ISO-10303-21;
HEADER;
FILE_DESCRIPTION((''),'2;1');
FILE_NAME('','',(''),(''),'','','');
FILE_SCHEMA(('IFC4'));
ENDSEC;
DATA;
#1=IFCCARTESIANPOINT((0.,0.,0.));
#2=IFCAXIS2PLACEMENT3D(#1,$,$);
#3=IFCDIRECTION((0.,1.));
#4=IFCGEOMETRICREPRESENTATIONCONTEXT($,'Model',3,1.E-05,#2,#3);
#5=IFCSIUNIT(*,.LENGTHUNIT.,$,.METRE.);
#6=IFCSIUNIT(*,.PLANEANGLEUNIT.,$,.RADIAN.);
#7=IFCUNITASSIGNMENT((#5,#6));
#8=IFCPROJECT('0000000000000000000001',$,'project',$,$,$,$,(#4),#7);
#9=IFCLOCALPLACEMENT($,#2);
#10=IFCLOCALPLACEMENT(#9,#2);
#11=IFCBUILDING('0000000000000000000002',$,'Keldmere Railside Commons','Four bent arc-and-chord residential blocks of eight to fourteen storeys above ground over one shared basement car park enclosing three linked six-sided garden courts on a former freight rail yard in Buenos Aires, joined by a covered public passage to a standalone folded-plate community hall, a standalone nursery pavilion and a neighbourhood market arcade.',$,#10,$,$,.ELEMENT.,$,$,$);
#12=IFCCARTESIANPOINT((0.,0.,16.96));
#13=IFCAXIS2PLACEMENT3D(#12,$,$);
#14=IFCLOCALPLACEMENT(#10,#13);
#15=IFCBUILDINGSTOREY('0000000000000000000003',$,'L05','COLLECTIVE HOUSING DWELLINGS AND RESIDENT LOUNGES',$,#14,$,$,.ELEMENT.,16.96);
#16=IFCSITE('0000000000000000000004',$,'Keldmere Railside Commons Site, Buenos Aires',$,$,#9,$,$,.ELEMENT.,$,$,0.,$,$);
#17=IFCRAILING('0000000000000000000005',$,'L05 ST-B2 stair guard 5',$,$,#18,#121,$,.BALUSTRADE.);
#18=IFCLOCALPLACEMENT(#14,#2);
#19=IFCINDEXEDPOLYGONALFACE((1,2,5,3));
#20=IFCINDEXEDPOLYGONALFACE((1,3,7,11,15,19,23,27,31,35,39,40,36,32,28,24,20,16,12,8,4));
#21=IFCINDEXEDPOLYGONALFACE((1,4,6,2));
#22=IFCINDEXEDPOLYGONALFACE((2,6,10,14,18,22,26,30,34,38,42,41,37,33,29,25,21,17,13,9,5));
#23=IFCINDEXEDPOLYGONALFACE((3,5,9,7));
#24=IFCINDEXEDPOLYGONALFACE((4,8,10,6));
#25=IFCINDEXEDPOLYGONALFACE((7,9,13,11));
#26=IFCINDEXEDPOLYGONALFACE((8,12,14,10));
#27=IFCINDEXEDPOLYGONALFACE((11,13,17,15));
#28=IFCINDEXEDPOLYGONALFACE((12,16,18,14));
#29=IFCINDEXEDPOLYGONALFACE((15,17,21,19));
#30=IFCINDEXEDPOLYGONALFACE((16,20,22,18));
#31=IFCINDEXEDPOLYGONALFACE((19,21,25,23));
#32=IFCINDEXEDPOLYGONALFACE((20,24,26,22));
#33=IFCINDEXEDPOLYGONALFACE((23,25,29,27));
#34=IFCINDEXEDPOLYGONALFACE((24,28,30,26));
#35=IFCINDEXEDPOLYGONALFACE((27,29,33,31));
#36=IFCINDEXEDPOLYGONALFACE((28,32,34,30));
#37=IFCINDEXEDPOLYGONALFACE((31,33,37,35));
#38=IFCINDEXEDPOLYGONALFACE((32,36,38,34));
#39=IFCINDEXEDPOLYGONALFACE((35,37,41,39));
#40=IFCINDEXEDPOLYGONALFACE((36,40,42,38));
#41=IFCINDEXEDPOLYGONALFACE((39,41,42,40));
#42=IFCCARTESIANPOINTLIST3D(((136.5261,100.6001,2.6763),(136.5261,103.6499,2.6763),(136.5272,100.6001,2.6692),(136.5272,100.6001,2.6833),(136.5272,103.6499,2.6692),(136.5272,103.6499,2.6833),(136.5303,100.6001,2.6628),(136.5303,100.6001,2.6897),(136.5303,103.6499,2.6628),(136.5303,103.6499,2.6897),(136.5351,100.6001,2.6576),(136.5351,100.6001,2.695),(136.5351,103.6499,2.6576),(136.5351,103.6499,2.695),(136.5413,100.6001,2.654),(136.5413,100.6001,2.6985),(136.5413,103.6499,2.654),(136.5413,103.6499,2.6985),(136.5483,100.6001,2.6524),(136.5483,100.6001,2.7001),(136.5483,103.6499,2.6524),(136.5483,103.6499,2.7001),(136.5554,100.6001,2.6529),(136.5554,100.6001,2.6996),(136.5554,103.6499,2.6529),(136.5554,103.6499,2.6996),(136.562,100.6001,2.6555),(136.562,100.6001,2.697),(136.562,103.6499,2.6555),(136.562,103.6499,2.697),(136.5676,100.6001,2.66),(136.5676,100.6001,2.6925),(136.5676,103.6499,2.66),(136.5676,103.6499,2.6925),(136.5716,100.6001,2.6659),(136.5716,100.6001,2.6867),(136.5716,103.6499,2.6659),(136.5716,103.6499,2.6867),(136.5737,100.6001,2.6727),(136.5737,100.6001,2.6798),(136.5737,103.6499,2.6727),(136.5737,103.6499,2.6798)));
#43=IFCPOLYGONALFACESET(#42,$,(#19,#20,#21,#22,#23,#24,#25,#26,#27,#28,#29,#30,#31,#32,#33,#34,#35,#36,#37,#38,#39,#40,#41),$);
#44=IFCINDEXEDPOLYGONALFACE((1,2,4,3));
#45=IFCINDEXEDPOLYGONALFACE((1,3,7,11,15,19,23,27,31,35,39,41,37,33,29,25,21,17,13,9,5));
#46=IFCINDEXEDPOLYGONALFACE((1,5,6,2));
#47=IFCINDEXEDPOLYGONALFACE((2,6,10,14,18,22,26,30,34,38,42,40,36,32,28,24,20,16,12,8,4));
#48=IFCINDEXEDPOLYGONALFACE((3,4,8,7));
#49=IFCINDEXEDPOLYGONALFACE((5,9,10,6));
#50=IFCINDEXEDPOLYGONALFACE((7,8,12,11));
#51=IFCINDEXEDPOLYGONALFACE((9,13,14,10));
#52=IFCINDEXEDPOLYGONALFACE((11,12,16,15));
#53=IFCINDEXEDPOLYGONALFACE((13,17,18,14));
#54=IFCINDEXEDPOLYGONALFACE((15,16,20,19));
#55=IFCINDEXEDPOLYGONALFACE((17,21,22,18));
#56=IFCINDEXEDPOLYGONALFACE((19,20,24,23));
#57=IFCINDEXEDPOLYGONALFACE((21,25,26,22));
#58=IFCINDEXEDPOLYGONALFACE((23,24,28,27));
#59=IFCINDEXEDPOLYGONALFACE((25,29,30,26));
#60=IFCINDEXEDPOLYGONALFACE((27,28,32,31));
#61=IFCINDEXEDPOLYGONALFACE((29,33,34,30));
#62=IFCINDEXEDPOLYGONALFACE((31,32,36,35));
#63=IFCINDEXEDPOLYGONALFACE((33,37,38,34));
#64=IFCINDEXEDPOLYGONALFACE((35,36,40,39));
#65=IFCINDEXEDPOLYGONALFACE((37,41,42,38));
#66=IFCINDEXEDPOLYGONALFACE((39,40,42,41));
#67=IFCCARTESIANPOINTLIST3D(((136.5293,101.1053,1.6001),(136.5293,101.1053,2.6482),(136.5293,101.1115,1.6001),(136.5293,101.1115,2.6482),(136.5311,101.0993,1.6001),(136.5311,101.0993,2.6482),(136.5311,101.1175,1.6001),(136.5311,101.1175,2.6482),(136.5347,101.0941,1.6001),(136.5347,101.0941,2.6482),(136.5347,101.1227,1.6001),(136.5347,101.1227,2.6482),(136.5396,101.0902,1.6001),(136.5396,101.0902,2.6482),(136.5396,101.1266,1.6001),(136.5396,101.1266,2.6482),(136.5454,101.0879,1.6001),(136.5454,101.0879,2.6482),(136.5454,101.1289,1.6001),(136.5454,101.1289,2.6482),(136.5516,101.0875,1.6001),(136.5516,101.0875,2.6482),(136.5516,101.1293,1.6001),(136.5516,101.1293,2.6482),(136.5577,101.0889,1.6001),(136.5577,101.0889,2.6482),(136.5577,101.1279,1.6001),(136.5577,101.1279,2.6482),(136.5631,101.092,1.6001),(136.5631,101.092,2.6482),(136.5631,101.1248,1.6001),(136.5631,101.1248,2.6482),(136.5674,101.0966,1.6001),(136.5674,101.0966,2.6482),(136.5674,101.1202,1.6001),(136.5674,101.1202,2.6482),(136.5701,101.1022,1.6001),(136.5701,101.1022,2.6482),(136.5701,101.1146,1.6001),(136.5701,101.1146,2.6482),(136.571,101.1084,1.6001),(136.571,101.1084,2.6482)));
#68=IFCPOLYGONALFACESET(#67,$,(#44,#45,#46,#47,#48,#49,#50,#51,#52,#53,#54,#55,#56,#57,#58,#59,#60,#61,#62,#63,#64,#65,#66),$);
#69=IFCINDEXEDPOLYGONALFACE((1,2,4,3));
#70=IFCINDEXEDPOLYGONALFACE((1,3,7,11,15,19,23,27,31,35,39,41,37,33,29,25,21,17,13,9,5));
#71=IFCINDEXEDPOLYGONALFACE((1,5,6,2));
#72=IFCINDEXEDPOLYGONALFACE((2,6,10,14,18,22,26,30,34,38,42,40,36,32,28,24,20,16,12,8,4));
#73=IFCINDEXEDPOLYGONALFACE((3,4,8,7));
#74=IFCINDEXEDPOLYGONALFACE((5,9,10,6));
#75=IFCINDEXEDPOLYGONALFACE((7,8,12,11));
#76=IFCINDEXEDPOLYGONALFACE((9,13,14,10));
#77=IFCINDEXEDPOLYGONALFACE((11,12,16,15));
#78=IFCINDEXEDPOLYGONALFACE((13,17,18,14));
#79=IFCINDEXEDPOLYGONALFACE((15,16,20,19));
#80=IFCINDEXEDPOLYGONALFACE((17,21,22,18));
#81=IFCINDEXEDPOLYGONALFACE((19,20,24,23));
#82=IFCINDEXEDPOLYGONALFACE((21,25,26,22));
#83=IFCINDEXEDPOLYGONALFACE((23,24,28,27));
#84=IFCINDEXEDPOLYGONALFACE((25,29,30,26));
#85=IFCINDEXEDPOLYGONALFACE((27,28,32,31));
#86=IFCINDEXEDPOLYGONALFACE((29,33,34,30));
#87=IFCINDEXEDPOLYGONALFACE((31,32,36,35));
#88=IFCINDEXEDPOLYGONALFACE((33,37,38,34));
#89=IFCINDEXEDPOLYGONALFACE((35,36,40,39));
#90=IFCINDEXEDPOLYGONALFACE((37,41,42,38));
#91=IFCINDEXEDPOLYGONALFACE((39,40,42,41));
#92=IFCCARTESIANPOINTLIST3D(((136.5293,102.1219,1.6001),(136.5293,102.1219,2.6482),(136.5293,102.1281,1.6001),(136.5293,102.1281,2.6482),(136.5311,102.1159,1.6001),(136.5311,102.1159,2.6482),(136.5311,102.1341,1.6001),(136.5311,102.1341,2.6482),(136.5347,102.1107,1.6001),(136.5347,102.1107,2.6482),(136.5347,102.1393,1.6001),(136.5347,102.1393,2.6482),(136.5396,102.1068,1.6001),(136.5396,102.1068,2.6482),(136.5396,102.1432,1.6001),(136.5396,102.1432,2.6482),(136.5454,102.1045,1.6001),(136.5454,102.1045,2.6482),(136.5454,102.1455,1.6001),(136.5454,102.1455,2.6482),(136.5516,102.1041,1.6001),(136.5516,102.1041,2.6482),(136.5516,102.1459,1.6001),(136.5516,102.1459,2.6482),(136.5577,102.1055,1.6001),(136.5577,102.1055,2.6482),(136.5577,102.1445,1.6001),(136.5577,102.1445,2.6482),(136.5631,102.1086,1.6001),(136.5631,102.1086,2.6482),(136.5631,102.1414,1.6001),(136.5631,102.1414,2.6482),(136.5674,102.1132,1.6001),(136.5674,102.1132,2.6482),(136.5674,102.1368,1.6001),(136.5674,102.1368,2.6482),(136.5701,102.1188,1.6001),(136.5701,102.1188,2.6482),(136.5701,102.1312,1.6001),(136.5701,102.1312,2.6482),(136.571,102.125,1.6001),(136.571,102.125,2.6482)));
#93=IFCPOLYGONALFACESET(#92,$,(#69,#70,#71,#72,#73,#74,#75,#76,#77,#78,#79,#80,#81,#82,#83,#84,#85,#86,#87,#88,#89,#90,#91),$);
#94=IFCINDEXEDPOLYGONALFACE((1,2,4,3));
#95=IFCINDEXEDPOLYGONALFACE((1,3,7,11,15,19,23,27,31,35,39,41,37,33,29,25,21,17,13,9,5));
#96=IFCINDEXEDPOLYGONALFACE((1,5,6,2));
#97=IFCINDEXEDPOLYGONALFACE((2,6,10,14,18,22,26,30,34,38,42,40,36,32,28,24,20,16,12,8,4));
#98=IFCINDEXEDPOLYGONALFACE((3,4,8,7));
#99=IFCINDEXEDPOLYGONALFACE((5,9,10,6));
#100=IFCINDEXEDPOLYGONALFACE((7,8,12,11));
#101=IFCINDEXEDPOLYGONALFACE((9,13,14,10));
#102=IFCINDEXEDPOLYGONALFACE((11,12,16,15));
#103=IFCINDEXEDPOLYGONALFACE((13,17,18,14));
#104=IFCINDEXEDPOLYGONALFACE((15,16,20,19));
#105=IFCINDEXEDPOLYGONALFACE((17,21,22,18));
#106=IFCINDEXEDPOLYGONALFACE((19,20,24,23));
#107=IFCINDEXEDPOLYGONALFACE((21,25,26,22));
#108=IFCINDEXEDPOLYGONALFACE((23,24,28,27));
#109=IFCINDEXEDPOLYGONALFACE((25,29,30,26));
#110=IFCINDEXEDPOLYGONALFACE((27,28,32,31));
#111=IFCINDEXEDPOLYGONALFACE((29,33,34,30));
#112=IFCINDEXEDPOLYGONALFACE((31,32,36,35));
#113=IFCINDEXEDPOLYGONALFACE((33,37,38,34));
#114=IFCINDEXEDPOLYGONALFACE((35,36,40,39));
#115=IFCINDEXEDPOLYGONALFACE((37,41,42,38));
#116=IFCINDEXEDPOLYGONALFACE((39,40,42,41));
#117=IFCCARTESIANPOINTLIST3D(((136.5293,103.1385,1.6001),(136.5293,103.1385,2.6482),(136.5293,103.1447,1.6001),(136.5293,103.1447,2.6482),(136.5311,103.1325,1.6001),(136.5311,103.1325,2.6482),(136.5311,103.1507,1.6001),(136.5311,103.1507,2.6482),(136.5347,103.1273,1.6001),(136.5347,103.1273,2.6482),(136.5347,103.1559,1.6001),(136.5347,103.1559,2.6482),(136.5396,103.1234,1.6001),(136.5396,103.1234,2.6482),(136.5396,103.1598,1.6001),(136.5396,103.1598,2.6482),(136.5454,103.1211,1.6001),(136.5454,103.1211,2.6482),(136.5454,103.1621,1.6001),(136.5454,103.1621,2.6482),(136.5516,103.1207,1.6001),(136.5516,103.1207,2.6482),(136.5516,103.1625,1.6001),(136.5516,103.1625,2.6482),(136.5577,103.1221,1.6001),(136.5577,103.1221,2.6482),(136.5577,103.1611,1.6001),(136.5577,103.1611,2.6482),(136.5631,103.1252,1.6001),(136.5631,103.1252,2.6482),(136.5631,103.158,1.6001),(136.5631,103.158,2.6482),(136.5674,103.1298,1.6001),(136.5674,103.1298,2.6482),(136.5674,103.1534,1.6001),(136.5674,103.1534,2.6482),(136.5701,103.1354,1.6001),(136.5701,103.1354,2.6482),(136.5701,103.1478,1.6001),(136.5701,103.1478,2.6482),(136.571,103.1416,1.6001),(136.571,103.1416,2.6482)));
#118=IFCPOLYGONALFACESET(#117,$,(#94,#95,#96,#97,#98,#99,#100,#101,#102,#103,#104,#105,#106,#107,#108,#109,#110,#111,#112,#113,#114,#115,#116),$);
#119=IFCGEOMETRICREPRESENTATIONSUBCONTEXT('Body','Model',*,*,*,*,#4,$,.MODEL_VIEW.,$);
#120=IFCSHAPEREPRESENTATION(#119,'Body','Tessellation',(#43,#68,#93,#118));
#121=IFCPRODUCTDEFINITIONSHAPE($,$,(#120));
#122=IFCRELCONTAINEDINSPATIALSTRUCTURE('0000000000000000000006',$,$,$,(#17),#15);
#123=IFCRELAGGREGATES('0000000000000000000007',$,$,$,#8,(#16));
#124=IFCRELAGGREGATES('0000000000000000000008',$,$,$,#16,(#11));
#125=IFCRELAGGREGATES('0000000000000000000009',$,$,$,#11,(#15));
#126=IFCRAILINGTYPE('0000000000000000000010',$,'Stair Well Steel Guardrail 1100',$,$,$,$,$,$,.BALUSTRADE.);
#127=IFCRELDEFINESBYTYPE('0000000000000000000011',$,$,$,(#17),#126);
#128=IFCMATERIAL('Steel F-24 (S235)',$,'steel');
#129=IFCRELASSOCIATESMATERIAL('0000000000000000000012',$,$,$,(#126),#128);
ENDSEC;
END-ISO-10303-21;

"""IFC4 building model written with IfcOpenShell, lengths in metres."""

from ifc_helpers import new_model, si_unit, direction, frame, origin, origin_2d, place, context, subcontext, project, spatial, circle, extrude, material, type_object, element, save


model = new_model("IFC4")

# Units and contexts
model_context = context("Model", 3, precision=1e-05, world=origin(), true_north=direction((0.0, 1.0)))
body_context = subcontext(model_context, "Body", "Model", "MODEL_VIEW")
ifc_project = project(units=[si_unit("LENGTHUNIT", "METRE"), si_unit("PLANEANGLEUNIT", "RADIAN")], contexts=[model_context])

# Site, building, storey
site_placement = place(None, origin())
site = spatial("IfcSite", under=ifc_project, at=site_placement, Name="Keldmere Railside Commons Site, Buenos Aires", CompositionType="ELEMENT", RefElevation=0.0)
building_placement = place(site_placement, origin())
building = spatial("IfcBuilding", under=site, at=building_placement, Name="Keldmere Railside Commons", Description="Four bent arc-and-chord residential blocks of eight to fourteen storeys above ground over one shared basement car park enclosing three linked six-sided garden courts on a former freight rail yard in Buenos Aires, joined by a covered public passage to a standalone folded-plate community hall, a standalone nursery pavilion and a neighbourhood market arcade.", CompositionType="ELEMENT")
storey_placement = place(building_placement, frame((0.0, 0.0, 16.96)))
storey = spatial("IfcBuildingStorey", under=building, at=storey_placement, Name="L05", Description="COLLECTIVE HOUSING DWELLINGS AND RESIDENT LOUNGES", CompositionType="ELEMENT", Elevation=16.96)

# Railing
ifc_material_1 = material(Name="Steel F-24 (S235)", Category="steel")
railing_type_1 = type_object("IfcRailingType", Name="Stair Well Steel Guardrail 1100", PredefinedType="BALUSTRADE", material=ifc_material_1)
railing_1_placement = place(storey_placement, frame((136.55, 100.6001, 1.6001)))
element("IfcRailing", 1, at=railing_1_placement, inside=storey, type_object=railing_type_1, Name="L05 ST-B2 stair guard 5", PredefinedType="BALUSTRADE", context=body_context, shape_type="SweptSolid", body=[
    extrude(circle(Radius=0.0239, at=origin_2d()), frame((0.0, 0.0, 1.0762), z_axis=(0.0, 1.0, 0.0), x_axis=(-1.0, 0.0, 0.0)), (0.0, 0.0, 1.0), 3.0498),
    extrude(circle(Radius=0.021, at=origin_2d()), frame((0.0, 0.5083, 0.0)), (0.0, 0.0, 1.0), 1.0481),
    extrude(circle(Radius=0.021, at=origin_2d()), frame((0.0, 1.5249, 0.0)), (0.0, 0.0, 1.0), 1.0481),
    extrude(circle(Radius=0.021, at=origin_2d()), frame((0.0, 2.5415, 0.0)), (0.0, 0.0, 1.0), 1.0481),
])

save(model, "model.ifc")
